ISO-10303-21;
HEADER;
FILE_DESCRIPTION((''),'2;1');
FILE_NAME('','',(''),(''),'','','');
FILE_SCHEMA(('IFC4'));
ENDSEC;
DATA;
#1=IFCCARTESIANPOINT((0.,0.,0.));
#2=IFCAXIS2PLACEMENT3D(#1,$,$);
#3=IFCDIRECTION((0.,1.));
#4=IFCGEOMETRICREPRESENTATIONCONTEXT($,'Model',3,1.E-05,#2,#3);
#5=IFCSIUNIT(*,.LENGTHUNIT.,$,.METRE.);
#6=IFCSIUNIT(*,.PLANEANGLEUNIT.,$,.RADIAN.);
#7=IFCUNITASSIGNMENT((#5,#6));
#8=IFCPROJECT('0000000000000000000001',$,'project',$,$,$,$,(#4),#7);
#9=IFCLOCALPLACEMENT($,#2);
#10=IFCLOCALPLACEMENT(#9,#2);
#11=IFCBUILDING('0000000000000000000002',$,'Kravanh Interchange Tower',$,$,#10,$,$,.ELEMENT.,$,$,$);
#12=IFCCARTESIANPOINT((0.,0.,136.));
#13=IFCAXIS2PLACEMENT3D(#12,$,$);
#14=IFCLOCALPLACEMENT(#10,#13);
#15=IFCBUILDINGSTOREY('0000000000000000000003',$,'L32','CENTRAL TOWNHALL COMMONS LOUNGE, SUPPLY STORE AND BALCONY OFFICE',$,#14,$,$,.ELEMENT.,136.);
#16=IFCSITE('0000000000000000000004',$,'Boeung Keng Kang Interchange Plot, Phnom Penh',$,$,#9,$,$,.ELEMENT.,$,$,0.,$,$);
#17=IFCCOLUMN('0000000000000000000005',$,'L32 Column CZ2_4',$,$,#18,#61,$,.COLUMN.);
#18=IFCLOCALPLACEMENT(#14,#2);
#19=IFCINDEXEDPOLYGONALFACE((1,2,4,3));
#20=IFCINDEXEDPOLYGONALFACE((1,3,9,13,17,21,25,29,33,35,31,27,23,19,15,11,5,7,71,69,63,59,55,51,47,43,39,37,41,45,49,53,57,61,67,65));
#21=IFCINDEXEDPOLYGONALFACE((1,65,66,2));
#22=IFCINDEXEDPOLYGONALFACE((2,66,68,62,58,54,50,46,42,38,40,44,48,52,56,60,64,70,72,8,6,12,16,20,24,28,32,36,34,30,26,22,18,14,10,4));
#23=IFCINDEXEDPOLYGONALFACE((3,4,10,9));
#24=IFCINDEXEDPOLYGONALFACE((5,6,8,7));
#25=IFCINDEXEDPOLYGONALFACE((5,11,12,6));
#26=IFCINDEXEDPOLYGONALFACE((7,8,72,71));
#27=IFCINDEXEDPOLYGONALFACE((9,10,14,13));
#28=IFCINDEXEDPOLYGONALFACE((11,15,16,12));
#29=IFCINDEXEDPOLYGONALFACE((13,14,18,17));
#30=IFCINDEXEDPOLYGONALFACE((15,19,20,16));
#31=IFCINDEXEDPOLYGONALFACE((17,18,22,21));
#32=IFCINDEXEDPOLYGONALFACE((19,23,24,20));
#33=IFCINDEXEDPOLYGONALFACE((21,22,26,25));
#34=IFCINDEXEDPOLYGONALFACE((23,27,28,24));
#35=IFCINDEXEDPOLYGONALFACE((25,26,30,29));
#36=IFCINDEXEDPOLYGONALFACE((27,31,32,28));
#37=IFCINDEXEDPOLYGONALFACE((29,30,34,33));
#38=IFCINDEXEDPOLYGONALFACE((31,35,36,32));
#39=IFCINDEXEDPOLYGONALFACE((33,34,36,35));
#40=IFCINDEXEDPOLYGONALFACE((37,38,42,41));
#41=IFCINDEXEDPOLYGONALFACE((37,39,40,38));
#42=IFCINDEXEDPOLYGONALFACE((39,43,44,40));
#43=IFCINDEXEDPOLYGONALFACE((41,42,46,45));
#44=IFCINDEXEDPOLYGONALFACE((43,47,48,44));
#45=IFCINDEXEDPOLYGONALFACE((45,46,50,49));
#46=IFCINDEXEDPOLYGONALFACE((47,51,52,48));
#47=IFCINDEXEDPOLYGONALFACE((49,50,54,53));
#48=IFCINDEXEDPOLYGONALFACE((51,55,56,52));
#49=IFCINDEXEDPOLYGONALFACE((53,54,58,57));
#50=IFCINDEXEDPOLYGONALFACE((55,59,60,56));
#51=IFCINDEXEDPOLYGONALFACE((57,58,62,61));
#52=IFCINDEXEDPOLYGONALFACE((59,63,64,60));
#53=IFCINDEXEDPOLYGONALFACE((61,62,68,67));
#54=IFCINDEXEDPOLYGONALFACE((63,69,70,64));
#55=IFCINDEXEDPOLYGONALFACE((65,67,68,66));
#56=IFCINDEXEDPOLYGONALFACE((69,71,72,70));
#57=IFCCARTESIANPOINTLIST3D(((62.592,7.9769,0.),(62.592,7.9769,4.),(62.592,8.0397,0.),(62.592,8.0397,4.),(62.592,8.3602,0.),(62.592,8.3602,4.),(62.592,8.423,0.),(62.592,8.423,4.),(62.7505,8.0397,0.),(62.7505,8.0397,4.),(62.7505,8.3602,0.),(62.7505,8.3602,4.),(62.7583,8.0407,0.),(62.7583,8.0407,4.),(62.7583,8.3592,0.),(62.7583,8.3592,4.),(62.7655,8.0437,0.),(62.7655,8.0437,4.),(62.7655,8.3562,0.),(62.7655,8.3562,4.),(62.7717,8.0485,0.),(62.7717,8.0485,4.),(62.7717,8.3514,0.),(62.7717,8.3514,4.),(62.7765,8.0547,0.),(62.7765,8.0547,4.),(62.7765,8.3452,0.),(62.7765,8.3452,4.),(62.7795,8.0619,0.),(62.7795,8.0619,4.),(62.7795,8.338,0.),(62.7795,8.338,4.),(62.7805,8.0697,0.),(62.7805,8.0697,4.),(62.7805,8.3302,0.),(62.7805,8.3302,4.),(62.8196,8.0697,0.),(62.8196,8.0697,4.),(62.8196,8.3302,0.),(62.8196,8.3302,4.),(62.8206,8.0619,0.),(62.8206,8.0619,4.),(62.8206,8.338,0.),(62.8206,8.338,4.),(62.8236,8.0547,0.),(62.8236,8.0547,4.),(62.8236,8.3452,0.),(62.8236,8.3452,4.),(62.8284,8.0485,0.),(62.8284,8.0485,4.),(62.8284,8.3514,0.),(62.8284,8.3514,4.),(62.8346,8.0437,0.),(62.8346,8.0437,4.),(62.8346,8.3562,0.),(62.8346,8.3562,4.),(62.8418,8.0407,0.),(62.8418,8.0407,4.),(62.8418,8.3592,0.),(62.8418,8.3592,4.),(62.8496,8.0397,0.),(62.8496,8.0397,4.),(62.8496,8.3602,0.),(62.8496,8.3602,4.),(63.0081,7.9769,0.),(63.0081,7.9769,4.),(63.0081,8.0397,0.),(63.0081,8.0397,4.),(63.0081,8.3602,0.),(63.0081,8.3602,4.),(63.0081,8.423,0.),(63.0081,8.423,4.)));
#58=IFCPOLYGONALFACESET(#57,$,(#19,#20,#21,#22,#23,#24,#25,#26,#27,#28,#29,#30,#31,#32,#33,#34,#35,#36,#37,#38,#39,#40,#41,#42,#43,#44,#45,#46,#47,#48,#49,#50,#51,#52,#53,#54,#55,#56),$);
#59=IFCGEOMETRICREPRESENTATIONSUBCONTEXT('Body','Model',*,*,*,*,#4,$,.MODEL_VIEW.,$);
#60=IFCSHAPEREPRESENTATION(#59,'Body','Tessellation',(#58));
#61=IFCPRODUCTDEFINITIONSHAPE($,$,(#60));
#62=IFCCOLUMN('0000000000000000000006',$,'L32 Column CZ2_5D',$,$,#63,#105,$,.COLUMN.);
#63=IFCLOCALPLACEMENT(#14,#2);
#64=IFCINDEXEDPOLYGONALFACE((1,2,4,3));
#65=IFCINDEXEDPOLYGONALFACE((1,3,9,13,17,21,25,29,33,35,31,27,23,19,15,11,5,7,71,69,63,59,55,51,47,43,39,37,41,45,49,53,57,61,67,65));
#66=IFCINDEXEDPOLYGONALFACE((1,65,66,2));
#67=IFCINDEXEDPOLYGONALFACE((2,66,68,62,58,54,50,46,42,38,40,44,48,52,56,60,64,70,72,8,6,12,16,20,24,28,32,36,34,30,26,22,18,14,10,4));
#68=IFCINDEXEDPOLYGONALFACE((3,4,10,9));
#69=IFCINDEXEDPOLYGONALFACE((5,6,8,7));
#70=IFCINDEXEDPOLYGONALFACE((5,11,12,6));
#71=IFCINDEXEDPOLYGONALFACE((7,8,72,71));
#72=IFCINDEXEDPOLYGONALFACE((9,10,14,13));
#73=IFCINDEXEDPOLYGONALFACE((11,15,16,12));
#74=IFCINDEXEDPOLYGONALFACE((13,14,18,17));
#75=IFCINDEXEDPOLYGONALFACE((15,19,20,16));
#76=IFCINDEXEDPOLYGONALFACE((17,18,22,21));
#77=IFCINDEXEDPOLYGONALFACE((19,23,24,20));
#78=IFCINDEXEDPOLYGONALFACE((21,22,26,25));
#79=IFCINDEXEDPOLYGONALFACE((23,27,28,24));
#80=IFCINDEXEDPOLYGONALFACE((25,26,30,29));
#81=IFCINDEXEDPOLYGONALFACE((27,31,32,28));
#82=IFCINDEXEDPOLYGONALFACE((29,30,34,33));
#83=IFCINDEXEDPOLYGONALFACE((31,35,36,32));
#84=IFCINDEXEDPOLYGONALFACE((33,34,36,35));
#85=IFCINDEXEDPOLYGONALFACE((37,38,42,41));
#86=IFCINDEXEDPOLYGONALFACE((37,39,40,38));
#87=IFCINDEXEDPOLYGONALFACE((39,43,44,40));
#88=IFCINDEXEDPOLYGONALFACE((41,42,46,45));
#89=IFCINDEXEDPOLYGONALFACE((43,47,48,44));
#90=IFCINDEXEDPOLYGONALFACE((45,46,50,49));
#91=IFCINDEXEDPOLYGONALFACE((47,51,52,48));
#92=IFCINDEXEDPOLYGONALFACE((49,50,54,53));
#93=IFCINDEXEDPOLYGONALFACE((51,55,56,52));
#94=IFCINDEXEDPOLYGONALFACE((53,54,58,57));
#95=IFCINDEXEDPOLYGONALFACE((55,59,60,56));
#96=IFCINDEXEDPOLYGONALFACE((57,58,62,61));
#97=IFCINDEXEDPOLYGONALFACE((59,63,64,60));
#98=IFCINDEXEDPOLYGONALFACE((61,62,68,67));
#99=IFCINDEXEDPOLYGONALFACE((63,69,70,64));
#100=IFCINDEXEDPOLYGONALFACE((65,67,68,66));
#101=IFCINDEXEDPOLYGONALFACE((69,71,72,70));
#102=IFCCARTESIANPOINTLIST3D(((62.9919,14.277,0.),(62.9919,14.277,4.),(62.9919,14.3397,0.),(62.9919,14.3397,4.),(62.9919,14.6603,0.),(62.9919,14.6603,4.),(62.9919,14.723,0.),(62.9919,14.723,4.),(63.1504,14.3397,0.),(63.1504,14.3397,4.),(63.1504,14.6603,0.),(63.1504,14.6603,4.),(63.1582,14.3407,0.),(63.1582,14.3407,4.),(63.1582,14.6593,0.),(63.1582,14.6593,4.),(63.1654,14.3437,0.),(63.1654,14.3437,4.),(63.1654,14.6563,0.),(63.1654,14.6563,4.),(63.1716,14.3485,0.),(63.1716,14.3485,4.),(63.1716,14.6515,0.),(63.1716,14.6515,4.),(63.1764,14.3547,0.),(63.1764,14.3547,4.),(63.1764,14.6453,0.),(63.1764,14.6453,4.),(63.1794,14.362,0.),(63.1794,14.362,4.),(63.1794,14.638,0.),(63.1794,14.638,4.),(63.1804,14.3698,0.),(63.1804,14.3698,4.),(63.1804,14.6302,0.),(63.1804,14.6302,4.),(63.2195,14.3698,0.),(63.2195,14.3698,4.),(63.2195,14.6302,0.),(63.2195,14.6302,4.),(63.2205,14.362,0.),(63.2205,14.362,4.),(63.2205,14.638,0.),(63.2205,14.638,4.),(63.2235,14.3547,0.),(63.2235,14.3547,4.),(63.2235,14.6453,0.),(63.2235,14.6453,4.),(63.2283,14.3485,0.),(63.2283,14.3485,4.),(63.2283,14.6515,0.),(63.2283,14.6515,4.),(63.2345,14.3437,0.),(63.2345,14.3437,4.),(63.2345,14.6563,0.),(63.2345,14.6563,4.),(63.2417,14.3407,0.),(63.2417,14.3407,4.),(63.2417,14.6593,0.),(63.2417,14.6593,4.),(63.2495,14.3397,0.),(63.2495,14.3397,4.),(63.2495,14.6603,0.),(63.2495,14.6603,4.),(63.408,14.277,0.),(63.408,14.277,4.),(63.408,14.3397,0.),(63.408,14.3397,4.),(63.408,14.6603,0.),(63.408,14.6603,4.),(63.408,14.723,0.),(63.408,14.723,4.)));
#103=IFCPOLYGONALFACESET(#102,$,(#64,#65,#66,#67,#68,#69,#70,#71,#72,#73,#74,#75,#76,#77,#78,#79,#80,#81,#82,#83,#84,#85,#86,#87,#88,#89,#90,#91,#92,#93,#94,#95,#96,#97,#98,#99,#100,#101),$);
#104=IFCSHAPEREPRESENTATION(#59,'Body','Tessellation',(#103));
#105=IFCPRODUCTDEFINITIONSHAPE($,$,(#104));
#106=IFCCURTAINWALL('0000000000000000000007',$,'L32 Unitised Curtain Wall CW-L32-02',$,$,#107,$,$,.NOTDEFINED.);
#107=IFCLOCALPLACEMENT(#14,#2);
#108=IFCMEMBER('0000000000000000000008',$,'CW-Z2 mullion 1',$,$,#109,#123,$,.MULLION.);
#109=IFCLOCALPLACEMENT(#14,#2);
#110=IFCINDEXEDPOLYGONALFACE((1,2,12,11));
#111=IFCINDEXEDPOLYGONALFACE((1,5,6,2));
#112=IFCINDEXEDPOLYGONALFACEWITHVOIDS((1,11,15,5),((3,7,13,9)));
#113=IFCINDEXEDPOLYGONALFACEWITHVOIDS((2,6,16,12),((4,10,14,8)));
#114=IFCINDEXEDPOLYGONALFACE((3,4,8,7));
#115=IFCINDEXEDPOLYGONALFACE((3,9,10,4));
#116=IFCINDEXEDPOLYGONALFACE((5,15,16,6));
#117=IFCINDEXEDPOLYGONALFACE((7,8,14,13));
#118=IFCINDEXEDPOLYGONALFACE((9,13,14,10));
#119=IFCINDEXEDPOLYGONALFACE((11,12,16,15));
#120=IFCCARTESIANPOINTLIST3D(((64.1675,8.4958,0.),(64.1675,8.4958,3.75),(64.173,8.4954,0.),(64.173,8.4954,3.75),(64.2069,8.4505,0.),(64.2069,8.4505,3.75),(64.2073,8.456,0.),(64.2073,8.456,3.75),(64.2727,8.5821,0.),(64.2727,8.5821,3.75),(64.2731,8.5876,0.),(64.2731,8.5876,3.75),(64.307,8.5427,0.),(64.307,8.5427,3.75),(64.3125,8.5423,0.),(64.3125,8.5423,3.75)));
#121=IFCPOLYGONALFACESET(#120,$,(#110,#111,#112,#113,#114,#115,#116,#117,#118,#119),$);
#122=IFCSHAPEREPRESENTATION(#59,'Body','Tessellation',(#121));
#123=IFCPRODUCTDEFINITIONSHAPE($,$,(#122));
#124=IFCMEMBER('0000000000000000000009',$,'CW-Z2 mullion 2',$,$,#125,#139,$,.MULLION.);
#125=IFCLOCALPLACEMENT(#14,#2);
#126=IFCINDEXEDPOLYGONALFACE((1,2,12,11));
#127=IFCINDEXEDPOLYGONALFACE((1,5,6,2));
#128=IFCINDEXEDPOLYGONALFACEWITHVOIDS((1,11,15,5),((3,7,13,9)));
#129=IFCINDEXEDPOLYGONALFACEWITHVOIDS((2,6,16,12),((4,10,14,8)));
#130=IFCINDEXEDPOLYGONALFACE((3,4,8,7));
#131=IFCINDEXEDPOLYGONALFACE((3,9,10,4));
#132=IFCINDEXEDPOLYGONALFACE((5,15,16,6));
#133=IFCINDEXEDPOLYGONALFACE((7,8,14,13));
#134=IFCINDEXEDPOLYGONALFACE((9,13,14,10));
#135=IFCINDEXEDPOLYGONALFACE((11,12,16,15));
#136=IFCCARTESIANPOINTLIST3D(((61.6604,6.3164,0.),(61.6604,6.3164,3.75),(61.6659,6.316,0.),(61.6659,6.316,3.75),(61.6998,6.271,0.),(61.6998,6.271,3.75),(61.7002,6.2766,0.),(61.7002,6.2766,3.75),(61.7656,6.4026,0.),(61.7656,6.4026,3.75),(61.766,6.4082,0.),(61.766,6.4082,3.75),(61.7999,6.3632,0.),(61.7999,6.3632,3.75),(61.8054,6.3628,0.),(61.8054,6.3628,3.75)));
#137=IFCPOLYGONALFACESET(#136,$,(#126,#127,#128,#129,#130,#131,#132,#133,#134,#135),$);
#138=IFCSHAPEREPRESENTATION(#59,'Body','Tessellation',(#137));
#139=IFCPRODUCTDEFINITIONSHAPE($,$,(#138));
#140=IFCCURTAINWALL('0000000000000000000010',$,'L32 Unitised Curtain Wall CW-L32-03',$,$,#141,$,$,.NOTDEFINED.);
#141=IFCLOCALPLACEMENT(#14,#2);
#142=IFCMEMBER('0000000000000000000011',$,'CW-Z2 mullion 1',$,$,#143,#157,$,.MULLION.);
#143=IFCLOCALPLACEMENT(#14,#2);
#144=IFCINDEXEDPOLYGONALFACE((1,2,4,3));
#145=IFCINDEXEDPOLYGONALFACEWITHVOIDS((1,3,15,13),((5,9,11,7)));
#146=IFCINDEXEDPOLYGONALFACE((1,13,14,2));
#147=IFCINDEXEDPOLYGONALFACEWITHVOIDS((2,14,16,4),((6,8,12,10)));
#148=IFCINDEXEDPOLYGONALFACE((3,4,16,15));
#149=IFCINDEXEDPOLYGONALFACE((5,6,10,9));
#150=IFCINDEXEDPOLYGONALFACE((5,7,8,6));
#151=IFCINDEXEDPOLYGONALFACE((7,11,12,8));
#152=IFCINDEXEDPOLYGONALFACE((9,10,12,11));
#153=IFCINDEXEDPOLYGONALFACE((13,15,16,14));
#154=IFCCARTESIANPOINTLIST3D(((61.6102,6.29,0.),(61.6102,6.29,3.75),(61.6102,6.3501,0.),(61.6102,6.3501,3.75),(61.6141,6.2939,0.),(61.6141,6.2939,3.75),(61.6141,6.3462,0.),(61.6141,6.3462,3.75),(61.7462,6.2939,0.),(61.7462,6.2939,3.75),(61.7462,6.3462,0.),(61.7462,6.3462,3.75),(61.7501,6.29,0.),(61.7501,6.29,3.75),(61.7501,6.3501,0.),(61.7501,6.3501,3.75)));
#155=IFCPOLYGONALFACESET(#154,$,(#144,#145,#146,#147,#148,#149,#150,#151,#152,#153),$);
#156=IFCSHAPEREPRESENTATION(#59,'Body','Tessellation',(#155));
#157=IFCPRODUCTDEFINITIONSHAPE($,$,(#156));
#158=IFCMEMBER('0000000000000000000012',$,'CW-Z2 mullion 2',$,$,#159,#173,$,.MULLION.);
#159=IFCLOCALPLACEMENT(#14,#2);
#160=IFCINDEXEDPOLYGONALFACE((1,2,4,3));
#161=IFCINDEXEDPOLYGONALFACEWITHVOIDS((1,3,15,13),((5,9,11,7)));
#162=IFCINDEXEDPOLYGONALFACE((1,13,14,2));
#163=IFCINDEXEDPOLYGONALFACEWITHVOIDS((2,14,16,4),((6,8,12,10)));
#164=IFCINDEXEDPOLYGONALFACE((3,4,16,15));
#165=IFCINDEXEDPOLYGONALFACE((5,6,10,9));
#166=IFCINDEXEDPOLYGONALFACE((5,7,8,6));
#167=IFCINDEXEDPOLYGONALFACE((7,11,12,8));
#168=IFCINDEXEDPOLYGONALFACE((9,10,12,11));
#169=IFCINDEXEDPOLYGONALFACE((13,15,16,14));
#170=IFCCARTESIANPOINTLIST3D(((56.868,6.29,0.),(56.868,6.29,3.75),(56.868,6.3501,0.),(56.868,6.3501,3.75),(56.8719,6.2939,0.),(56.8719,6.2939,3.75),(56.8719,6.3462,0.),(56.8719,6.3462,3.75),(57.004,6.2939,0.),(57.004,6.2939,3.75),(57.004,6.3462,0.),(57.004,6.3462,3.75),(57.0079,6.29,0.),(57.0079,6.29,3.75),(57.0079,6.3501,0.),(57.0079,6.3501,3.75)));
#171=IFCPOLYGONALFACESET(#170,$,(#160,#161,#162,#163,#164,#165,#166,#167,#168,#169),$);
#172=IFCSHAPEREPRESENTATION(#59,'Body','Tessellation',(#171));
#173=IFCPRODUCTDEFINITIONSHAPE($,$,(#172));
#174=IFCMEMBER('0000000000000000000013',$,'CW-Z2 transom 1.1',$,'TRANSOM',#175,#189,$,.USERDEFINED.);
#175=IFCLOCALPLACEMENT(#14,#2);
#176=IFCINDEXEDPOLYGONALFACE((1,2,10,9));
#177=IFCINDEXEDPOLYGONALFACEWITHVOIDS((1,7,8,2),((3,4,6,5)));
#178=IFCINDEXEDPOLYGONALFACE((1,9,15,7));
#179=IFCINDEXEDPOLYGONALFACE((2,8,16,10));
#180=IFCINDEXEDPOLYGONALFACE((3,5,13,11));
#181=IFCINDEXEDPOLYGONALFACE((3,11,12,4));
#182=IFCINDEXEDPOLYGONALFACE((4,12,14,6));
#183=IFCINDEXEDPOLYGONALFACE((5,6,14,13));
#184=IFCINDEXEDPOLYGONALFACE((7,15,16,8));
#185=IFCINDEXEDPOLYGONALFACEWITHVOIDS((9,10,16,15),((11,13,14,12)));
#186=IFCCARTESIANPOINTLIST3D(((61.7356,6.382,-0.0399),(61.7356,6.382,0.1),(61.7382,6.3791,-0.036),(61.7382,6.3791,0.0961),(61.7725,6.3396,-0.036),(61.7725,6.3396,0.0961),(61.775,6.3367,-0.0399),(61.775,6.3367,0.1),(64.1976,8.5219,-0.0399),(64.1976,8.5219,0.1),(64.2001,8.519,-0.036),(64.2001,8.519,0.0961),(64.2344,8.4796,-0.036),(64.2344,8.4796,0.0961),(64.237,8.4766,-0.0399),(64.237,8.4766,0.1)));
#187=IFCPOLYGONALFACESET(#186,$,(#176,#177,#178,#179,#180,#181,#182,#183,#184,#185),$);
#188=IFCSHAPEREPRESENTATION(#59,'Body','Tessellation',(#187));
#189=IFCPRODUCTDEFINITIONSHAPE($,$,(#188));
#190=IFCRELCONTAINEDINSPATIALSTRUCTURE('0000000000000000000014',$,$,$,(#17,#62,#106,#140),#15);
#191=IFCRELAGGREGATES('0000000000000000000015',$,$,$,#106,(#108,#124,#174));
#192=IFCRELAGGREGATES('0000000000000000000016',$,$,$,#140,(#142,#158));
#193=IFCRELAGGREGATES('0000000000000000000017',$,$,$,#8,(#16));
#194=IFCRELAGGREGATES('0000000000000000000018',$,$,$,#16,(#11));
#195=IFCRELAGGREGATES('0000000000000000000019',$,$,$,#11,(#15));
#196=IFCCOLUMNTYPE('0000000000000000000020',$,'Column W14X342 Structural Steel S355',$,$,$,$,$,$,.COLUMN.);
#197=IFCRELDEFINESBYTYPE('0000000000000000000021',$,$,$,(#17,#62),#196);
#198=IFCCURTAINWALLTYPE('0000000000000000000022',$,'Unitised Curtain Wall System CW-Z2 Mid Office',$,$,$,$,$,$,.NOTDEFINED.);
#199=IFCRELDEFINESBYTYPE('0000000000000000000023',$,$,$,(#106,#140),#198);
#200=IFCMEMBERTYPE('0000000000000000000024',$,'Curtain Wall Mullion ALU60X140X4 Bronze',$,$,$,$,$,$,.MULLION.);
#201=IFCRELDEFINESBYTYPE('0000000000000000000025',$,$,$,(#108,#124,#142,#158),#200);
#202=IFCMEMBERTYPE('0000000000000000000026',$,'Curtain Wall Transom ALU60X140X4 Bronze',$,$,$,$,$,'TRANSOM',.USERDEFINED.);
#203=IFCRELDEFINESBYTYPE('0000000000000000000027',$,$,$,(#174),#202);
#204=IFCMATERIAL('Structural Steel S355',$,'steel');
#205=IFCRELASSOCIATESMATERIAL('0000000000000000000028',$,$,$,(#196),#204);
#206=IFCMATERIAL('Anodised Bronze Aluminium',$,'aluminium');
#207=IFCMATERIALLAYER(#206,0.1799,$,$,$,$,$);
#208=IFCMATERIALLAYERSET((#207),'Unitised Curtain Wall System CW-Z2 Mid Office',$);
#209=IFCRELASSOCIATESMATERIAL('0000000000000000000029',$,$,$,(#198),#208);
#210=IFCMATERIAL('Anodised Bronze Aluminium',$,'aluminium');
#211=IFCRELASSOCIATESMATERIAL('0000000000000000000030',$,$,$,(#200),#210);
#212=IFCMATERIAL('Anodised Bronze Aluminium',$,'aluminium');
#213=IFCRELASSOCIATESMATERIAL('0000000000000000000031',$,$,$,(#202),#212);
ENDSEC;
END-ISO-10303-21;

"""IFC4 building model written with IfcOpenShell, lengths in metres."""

from ifc_helpers import new_model, si_unit, direction, frame, origin, origin_2d, place, context, subcontext, project, spatial, hollow_rectangle, i_section, extrude, material, layer, layer_set, material_profile, profile_set, type_object, element, aggregate, save


model = new_model("IFC4")

# Units and contexts
model_context = context("Model", 3, precision=1e-05, world=origin(), true_north=direction((0.0, 1.0)))
body_context = subcontext(model_context, "Body", "Model", "MODEL_VIEW")
ifc_project = project(units=[si_unit("LENGTHUNIT", "METRE"), si_unit("PLANEANGLEUNIT", "RADIAN")], contexts=[model_context])

# Site, building, storey
site_placement = place(None, origin())
site = spatial("IfcSite", under=ifc_project, at=site_placement, Name="Boeung Keng Kang Interchange Plot, Phnom Penh", CompositionType="ELEMENT", RefElevation=0.0)
building_placement = place(site_placement, origin())
building = spatial("IfcBuilding", under=site, at=building_placement, Name="Kravanh Interchange Tower", CompositionType="ELEMENT")
storey_placement = place(building_placement, frame((0.0, 0.0, 136.0)))
storey = spatial("IfcBuildingStorey", under=building, at=storey_placement, Name="L32", Description="CENTRAL TOWNHALL COMMONS LOUNGE, SUPPLY STORE AND BALCONY OFFICE", CompositionType="ELEMENT", Elevation=136.0)

# Columns
ifc_material_1 = material(Name="Structural Steel S355", Category="steel")
ifc_material_profile_1 = material_profile(ifc_material_1, i_section(OverallWidth=0.416, OverallDepth=0.446, WebThickness=0.0391, FlangeThickness=0.0627, FilletRadius=0.03, at=origin_2d()), Name="W14X342")
ifc_profile_set_1 = profile_set([ifc_material_profile_1], Name="Structural Steel S355")
column_type = type_object("IfcColumnType", Name="Column W14X342 Structural Steel S355", PredefinedType="COLUMN", material=ifc_profile_set_1)
for number, where, z_axis, x_axis, name in (
    (1, (62.8, 8.2, 0.0), (0.0, 0.0, 1.0), (1.0, 0.0, 0.0), "L32 Column CZ2_4"),
    (2, (63.2, 14.5, 0.0), (0.0, 0.0, 1.0), (1.0, 0.0, 0.0), "L32 Column CZ2_5D"),
):
    element("IfcColumn", number, at=place(storey_placement, frame(where, z_axis=z_axis, x_axis=x_axis)), inside=storey, type_object=column_type, Name=name, PredefinedType="COLUMN", context=body_context, shape_type="SweptSolid", body=[
        extrude(i_section(OverallWidth=0.416, OverallDepth=0.446, WebThickness=0.0391, FlangeThickness=0.0627, FilletRadius=0.03, at=origin_2d()), origin(), (0.0, 0.0, 1.0), 4.0),
    ])

# Curtain walls, members
ifc_material_2 = material(Name="Anodised Bronze Aluminium", Category="aluminium")
ifc_layer_1 = layer(ifc_material_2, 0.1799)
ifc_layer_set_1 = layer_set([ifc_layer_1], Name="Unitised Curtain Wall System CW-Z2 Mid Office")
curtain_wall_type = type_object("IfcCurtainWallType", Name="Unitised Curtain Wall System CW-Z2 Mid Office", PredefinedType="NOTDEFINED", material=ifc_layer_set_1)
curtain_wall_1_placement = place(storey_placement, origin())
curtain_wall_1 = element("IfcCurtainWall", 3, at=curtain_wall_1_placement, inside=storey, type_object=curtain_wall_type, Name="L32 Unitised Curtain Wall CW-L32-02", PredefinedType="NOTDEFINED")
ifc_material_3 = material(Name="Anodised Bronze Aluminium", Category="aluminium")
ifc_material_profile_2 = material_profile(ifc_material_3, hollow_rectangle(XDim=0.0601, YDim=0.1399, WallThickness=0.0039, at=origin_2d()), Name="ALU60X140X4")
ifc_profile_set_2 = profile_set([ifc_material_profile_2], Name="Anodised Bronze Aluminium")
member_type_1 = type_object("IfcMemberType", Name="Curtain Wall Mullion ALU60X140X4 Bronze", PredefinedType="MULLION", material=ifc_profile_set_2)
member_1_placement = place(storey_placement, frame((64.24, 8.519, 0.0), z_axis=(0.0, 0.0, 1.0), x_axis=(0.656048, -0.754719, 0.0)))
member_1 = element("IfcMember", 4, at=member_1_placement, type_object=member_type_1, Name="CW-Z2 mullion 1", PredefinedType="MULLION", context=body_context, shape_type="SweptSolid", body=[
    extrude(hollow_rectangle(XDim=0.0601, YDim=0.1399, WallThickness=0.0039, at=origin_2d()), origin(), (0.0, 0.0, 1.0), 3.75),
])
member_2_placement = place(storey_placement, frame((61.7329, 6.3396, 0.0), z_axis=(0.0, 0.0, 1.0), x_axis=(0.656048, -0.754719, 0.0)))
member_2 = element("IfcMember", 5, at=member_2_placement, type_object=member_type_1, Name="CW-Z2 mullion 2", PredefinedType="MULLION", context=body_context, shape_type="SweptSolid", body=[
    extrude(hollow_rectangle(XDim=0.0601, YDim=0.1399, WallThickness=0.0039, at=origin_2d()), origin(), (0.0, 0.0, 1.0), 3.75),
])
curtain_wall_2_placement = place(storey_placement, origin())
curtain_wall_2 = element("IfcCurtainWall", 6, at=curtain_wall_2_placement, inside=storey, type_object=curtain_wall_type, Name="L32 Unitised Curtain Wall CW-L32-03", PredefinedType="NOTDEFINED")
member_3_placement = place(storey_placement, frame((61.6802, 6.3201, 0.0), z_axis=(0.0, 0.0, 1.0), x_axis=(0.0, -1.0, 0.0)))
member_3 = element("IfcMember", 7, at=member_3_placement, type_object=member_type_1, Name="CW-Z2 mullion 1", PredefinedType="MULLION", context=body_context, shape_type="SweptSolid", body=[
    extrude(hollow_rectangle(XDim=0.0601, YDim=0.1399, WallThickness=0.0039, at=origin_2d()), origin(), (0.0, 0.0, 1.0), 3.75),
])
member_4_placement = place(storey_placement, frame((56.938, 6.3201, 0.0), z_axis=(0.0, 0.0, 1.0), x_axis=(0.0, -1.0, 0.0)))
member_4 = element("IfcMember", 8, at=member_4_placement, type_object=member_type_1, Name="CW-Z2 mullion 2", PredefinedType="MULLION", context=body_context, shape_type="SweptSolid", body=[
    extrude(hollow_rectangle(XDim=0.0601, YDim=0.1399, WallThickness=0.0039, at=origin_2d()), origin(), (0.0, 0.0, 1.0), 3.75),
])

# Member
ifc_material_4 = material(Name="Anodised Bronze Aluminium", Category="aluminium")
ifc_material_profile_3 = material_profile(ifc_material_4, hollow_rectangle(XDim=0.0601, YDim=0.1399, WallThickness=0.0039, at=origin_2d()), Name="ALU60X140X4")
ifc_profile_set_3 = profile_set([ifc_material_profile_3], Name="Anodised Bronze Aluminium")
member_type_2 = type_object("IfcMemberType", Name="Curtain Wall Transom ALU60X140X4 Bronze", ElementType="TRANSOM", PredefinedType="USERDEFINED", material=ifc_profile_set_3)
member_5_placement = place(storey_placement, frame((64.2173, 8.4993, 0.03), z_axis=(-0.754742, -0.656021, 0.0), x_axis=(0.656021, -0.754742, 0.0)))
member_5 = element("IfcMember", 9, at=member_5_placement, type_object=member_type_2, Name="CW-Z2 transom 1.1", ObjectType="TRANSOM", PredefinedType="USERDEFINED", context=body_context, shape_type="SweptSolid", body=[
    extrude(hollow_rectangle(XDim=0.0601, YDim=0.1399, WallThickness=0.0039, at=origin_2d()), origin(), (0.0, 0.0, 1.0), 3.262),
])

aggregate(curtain_wall_1, [member_1, member_2, member_5])
aggregate(curtain_wall_2, [member_3, member_4])

save(model, "model.ifc")
